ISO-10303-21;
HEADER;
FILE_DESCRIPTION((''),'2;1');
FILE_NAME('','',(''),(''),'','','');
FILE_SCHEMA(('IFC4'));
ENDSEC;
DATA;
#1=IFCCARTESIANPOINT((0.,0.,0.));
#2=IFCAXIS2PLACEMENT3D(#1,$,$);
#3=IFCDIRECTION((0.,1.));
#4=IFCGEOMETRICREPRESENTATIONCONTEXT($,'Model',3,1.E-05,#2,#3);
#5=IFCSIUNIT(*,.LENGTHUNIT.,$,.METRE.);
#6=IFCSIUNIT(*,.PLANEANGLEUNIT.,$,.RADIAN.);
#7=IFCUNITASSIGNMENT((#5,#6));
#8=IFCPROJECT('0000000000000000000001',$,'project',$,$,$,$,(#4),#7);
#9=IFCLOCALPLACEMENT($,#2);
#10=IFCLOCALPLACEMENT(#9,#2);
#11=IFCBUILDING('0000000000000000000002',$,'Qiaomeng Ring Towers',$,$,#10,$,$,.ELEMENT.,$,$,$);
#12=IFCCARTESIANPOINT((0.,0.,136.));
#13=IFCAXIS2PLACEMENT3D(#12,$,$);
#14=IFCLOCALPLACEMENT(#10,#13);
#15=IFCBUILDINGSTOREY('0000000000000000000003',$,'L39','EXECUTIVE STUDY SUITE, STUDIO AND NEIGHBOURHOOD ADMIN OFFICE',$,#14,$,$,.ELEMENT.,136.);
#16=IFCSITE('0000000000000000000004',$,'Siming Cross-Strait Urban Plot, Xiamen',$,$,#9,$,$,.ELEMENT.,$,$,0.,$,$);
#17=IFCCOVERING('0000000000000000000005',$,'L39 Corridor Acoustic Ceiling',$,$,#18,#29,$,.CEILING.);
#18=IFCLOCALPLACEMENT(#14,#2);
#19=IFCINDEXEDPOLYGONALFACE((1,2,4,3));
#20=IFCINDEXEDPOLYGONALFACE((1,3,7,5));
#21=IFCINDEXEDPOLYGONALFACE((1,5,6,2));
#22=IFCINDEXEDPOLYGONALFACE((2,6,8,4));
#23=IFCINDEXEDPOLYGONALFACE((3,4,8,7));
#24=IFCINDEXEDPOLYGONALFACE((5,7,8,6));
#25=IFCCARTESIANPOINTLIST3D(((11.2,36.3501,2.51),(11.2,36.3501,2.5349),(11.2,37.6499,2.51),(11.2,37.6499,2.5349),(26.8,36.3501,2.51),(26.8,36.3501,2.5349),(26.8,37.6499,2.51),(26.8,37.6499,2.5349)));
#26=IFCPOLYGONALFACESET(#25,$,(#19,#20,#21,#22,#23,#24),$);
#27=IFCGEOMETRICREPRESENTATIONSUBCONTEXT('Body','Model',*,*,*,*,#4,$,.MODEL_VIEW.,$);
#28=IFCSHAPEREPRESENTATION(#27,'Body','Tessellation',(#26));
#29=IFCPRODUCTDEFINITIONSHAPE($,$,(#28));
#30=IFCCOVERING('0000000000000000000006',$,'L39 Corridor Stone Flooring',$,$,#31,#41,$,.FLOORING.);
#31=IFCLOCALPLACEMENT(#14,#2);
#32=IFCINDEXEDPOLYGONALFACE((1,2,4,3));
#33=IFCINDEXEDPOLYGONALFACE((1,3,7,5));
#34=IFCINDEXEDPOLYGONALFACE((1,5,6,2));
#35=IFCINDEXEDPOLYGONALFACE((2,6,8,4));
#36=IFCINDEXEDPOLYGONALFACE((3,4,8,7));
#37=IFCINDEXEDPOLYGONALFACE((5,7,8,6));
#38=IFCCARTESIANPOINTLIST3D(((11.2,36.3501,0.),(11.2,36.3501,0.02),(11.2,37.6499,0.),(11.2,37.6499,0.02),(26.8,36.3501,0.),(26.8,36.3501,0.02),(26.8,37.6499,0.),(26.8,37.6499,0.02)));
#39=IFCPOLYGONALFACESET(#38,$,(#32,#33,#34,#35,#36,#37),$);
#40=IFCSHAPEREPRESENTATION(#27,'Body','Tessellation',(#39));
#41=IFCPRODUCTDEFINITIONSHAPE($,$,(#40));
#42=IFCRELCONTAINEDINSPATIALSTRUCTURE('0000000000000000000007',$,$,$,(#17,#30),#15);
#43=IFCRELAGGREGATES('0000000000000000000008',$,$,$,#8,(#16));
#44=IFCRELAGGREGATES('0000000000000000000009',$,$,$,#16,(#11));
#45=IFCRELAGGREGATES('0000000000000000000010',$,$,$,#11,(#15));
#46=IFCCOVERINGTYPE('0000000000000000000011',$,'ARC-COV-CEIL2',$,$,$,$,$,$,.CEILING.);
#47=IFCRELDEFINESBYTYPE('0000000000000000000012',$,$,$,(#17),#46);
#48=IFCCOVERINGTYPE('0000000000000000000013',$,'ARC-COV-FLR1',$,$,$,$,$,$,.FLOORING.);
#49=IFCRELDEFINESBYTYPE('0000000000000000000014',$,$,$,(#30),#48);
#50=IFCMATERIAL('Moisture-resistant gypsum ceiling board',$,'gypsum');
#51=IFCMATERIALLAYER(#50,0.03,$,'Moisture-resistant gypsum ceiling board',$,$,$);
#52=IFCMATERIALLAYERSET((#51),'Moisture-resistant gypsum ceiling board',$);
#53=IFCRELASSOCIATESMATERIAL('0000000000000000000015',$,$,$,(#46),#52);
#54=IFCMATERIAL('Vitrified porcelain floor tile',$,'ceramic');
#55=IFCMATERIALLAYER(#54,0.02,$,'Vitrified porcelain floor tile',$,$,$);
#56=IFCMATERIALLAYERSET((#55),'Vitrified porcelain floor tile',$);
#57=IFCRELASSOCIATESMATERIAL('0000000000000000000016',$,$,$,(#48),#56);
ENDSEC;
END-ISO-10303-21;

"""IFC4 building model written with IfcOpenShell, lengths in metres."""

from ifc_helpers import new_model, si_unit, direction, frame, origin, place, context, subcontext, project, spatial, polyline, outline, extrude, material, layer, layer_set, type_object, element, save


model = new_model("IFC4")

# Units and contexts
model_context = context("Model", 3, precision=1e-05, world=origin(), true_north=direction((0.0, 1.0)))
body_context = subcontext(model_context, "Body", "Model", "MODEL_VIEW")
ifc_project = project(units=[si_unit("LENGTHUNIT", "METRE"), si_unit("PLANEANGLEUNIT", "RADIAN")], contexts=[model_context])

# Site, building, storey
site_placement = place(None, origin())
site = spatial("IfcSite", under=ifc_project, at=site_placement, Name="Siming Cross-Strait Urban Plot, Xiamen", CompositionType="ELEMENT", RefElevation=0.0)
building_placement = place(site_placement, origin())
building = spatial("IfcBuilding", under=site, at=building_placement, Name="Qiaomeng Ring Towers", CompositionType="ELEMENT")
storey_placement = place(building_placement, frame((0.0, 0.0, 136.0)))
storey = spatial("IfcBuildingStorey", under=building, at=storey_placement, Name="L39", Description="EXECUTIVE STUDY SUITE, STUDIO AND NEIGHBOURHOOD ADMIN OFFICE", CompositionType="ELEMENT", Elevation=136.0)

# Coverings
ifc_material_1 = material(Name="Moisture-resistant gypsum ceiling board", Category="gypsum")
ifc_layer_1 = layer(ifc_material_1, 0.03, Name="Moisture-resistant gypsum ceiling board")
ifc_layer_set_1 = layer_set([ifc_layer_1], Name="Moisture-resistant gypsum ceiling board")
covering_type_1 = type_object("IfcCoveringType", Name="ARC-COV-CEIL2", PredefinedType="CEILING", material=ifc_layer_set_1)
covering_1_placement = place(storey_placement, frame((0.0, 0.0, 2.51)))
element("IfcCovering", 1, at=covering_1_placement, inside=storey, type_object=covering_type_1, Name="L39 Corridor Acoustic Ceiling", PredefinedType="CEILING", context=body_context, shape_type="SweptSolid", body=[
    extrude(outline(polyline([(11.2, 36.3501), (11.2, 37.6499), (26.8, 37.6499), (26.8, 36.3501), (11.2, 36.3501)])), origin(), (0.0, 0.0, 1.0), 0.0249),
])
ifc_material_2 = material(Name="Vitrified porcelain floor tile", Category="ceramic")
ifc_layer_2 = layer(ifc_material_2, 0.02, Name="Vitrified porcelain floor tile")
ifc_layer_set_2 = layer_set([ifc_layer_2], Name="Vitrified porcelain floor tile")
covering_type_2 = type_object("IfcCoveringType", Name="ARC-COV-FLR1", PredefinedType="FLOORING", material=ifc_layer_set_2)
covering_2_placement = place(storey_placement, origin())
element("IfcCovering", 2, at=covering_2_placement, inside=storey, type_object=covering_type_2, Name="L39 Corridor Stone Flooring", PredefinedType="FLOORING", context=body_context, shape_type="SweptSolid", body=[
    extrude(outline(polyline([(11.2, 36.3501), (11.2, 37.6499), (26.8, 37.6499), (26.8, 36.3501), (11.2, 36.3501)])), origin(), (0.0, 0.0, 1.0), 0.02),
])

save(model, "model.ifc")
